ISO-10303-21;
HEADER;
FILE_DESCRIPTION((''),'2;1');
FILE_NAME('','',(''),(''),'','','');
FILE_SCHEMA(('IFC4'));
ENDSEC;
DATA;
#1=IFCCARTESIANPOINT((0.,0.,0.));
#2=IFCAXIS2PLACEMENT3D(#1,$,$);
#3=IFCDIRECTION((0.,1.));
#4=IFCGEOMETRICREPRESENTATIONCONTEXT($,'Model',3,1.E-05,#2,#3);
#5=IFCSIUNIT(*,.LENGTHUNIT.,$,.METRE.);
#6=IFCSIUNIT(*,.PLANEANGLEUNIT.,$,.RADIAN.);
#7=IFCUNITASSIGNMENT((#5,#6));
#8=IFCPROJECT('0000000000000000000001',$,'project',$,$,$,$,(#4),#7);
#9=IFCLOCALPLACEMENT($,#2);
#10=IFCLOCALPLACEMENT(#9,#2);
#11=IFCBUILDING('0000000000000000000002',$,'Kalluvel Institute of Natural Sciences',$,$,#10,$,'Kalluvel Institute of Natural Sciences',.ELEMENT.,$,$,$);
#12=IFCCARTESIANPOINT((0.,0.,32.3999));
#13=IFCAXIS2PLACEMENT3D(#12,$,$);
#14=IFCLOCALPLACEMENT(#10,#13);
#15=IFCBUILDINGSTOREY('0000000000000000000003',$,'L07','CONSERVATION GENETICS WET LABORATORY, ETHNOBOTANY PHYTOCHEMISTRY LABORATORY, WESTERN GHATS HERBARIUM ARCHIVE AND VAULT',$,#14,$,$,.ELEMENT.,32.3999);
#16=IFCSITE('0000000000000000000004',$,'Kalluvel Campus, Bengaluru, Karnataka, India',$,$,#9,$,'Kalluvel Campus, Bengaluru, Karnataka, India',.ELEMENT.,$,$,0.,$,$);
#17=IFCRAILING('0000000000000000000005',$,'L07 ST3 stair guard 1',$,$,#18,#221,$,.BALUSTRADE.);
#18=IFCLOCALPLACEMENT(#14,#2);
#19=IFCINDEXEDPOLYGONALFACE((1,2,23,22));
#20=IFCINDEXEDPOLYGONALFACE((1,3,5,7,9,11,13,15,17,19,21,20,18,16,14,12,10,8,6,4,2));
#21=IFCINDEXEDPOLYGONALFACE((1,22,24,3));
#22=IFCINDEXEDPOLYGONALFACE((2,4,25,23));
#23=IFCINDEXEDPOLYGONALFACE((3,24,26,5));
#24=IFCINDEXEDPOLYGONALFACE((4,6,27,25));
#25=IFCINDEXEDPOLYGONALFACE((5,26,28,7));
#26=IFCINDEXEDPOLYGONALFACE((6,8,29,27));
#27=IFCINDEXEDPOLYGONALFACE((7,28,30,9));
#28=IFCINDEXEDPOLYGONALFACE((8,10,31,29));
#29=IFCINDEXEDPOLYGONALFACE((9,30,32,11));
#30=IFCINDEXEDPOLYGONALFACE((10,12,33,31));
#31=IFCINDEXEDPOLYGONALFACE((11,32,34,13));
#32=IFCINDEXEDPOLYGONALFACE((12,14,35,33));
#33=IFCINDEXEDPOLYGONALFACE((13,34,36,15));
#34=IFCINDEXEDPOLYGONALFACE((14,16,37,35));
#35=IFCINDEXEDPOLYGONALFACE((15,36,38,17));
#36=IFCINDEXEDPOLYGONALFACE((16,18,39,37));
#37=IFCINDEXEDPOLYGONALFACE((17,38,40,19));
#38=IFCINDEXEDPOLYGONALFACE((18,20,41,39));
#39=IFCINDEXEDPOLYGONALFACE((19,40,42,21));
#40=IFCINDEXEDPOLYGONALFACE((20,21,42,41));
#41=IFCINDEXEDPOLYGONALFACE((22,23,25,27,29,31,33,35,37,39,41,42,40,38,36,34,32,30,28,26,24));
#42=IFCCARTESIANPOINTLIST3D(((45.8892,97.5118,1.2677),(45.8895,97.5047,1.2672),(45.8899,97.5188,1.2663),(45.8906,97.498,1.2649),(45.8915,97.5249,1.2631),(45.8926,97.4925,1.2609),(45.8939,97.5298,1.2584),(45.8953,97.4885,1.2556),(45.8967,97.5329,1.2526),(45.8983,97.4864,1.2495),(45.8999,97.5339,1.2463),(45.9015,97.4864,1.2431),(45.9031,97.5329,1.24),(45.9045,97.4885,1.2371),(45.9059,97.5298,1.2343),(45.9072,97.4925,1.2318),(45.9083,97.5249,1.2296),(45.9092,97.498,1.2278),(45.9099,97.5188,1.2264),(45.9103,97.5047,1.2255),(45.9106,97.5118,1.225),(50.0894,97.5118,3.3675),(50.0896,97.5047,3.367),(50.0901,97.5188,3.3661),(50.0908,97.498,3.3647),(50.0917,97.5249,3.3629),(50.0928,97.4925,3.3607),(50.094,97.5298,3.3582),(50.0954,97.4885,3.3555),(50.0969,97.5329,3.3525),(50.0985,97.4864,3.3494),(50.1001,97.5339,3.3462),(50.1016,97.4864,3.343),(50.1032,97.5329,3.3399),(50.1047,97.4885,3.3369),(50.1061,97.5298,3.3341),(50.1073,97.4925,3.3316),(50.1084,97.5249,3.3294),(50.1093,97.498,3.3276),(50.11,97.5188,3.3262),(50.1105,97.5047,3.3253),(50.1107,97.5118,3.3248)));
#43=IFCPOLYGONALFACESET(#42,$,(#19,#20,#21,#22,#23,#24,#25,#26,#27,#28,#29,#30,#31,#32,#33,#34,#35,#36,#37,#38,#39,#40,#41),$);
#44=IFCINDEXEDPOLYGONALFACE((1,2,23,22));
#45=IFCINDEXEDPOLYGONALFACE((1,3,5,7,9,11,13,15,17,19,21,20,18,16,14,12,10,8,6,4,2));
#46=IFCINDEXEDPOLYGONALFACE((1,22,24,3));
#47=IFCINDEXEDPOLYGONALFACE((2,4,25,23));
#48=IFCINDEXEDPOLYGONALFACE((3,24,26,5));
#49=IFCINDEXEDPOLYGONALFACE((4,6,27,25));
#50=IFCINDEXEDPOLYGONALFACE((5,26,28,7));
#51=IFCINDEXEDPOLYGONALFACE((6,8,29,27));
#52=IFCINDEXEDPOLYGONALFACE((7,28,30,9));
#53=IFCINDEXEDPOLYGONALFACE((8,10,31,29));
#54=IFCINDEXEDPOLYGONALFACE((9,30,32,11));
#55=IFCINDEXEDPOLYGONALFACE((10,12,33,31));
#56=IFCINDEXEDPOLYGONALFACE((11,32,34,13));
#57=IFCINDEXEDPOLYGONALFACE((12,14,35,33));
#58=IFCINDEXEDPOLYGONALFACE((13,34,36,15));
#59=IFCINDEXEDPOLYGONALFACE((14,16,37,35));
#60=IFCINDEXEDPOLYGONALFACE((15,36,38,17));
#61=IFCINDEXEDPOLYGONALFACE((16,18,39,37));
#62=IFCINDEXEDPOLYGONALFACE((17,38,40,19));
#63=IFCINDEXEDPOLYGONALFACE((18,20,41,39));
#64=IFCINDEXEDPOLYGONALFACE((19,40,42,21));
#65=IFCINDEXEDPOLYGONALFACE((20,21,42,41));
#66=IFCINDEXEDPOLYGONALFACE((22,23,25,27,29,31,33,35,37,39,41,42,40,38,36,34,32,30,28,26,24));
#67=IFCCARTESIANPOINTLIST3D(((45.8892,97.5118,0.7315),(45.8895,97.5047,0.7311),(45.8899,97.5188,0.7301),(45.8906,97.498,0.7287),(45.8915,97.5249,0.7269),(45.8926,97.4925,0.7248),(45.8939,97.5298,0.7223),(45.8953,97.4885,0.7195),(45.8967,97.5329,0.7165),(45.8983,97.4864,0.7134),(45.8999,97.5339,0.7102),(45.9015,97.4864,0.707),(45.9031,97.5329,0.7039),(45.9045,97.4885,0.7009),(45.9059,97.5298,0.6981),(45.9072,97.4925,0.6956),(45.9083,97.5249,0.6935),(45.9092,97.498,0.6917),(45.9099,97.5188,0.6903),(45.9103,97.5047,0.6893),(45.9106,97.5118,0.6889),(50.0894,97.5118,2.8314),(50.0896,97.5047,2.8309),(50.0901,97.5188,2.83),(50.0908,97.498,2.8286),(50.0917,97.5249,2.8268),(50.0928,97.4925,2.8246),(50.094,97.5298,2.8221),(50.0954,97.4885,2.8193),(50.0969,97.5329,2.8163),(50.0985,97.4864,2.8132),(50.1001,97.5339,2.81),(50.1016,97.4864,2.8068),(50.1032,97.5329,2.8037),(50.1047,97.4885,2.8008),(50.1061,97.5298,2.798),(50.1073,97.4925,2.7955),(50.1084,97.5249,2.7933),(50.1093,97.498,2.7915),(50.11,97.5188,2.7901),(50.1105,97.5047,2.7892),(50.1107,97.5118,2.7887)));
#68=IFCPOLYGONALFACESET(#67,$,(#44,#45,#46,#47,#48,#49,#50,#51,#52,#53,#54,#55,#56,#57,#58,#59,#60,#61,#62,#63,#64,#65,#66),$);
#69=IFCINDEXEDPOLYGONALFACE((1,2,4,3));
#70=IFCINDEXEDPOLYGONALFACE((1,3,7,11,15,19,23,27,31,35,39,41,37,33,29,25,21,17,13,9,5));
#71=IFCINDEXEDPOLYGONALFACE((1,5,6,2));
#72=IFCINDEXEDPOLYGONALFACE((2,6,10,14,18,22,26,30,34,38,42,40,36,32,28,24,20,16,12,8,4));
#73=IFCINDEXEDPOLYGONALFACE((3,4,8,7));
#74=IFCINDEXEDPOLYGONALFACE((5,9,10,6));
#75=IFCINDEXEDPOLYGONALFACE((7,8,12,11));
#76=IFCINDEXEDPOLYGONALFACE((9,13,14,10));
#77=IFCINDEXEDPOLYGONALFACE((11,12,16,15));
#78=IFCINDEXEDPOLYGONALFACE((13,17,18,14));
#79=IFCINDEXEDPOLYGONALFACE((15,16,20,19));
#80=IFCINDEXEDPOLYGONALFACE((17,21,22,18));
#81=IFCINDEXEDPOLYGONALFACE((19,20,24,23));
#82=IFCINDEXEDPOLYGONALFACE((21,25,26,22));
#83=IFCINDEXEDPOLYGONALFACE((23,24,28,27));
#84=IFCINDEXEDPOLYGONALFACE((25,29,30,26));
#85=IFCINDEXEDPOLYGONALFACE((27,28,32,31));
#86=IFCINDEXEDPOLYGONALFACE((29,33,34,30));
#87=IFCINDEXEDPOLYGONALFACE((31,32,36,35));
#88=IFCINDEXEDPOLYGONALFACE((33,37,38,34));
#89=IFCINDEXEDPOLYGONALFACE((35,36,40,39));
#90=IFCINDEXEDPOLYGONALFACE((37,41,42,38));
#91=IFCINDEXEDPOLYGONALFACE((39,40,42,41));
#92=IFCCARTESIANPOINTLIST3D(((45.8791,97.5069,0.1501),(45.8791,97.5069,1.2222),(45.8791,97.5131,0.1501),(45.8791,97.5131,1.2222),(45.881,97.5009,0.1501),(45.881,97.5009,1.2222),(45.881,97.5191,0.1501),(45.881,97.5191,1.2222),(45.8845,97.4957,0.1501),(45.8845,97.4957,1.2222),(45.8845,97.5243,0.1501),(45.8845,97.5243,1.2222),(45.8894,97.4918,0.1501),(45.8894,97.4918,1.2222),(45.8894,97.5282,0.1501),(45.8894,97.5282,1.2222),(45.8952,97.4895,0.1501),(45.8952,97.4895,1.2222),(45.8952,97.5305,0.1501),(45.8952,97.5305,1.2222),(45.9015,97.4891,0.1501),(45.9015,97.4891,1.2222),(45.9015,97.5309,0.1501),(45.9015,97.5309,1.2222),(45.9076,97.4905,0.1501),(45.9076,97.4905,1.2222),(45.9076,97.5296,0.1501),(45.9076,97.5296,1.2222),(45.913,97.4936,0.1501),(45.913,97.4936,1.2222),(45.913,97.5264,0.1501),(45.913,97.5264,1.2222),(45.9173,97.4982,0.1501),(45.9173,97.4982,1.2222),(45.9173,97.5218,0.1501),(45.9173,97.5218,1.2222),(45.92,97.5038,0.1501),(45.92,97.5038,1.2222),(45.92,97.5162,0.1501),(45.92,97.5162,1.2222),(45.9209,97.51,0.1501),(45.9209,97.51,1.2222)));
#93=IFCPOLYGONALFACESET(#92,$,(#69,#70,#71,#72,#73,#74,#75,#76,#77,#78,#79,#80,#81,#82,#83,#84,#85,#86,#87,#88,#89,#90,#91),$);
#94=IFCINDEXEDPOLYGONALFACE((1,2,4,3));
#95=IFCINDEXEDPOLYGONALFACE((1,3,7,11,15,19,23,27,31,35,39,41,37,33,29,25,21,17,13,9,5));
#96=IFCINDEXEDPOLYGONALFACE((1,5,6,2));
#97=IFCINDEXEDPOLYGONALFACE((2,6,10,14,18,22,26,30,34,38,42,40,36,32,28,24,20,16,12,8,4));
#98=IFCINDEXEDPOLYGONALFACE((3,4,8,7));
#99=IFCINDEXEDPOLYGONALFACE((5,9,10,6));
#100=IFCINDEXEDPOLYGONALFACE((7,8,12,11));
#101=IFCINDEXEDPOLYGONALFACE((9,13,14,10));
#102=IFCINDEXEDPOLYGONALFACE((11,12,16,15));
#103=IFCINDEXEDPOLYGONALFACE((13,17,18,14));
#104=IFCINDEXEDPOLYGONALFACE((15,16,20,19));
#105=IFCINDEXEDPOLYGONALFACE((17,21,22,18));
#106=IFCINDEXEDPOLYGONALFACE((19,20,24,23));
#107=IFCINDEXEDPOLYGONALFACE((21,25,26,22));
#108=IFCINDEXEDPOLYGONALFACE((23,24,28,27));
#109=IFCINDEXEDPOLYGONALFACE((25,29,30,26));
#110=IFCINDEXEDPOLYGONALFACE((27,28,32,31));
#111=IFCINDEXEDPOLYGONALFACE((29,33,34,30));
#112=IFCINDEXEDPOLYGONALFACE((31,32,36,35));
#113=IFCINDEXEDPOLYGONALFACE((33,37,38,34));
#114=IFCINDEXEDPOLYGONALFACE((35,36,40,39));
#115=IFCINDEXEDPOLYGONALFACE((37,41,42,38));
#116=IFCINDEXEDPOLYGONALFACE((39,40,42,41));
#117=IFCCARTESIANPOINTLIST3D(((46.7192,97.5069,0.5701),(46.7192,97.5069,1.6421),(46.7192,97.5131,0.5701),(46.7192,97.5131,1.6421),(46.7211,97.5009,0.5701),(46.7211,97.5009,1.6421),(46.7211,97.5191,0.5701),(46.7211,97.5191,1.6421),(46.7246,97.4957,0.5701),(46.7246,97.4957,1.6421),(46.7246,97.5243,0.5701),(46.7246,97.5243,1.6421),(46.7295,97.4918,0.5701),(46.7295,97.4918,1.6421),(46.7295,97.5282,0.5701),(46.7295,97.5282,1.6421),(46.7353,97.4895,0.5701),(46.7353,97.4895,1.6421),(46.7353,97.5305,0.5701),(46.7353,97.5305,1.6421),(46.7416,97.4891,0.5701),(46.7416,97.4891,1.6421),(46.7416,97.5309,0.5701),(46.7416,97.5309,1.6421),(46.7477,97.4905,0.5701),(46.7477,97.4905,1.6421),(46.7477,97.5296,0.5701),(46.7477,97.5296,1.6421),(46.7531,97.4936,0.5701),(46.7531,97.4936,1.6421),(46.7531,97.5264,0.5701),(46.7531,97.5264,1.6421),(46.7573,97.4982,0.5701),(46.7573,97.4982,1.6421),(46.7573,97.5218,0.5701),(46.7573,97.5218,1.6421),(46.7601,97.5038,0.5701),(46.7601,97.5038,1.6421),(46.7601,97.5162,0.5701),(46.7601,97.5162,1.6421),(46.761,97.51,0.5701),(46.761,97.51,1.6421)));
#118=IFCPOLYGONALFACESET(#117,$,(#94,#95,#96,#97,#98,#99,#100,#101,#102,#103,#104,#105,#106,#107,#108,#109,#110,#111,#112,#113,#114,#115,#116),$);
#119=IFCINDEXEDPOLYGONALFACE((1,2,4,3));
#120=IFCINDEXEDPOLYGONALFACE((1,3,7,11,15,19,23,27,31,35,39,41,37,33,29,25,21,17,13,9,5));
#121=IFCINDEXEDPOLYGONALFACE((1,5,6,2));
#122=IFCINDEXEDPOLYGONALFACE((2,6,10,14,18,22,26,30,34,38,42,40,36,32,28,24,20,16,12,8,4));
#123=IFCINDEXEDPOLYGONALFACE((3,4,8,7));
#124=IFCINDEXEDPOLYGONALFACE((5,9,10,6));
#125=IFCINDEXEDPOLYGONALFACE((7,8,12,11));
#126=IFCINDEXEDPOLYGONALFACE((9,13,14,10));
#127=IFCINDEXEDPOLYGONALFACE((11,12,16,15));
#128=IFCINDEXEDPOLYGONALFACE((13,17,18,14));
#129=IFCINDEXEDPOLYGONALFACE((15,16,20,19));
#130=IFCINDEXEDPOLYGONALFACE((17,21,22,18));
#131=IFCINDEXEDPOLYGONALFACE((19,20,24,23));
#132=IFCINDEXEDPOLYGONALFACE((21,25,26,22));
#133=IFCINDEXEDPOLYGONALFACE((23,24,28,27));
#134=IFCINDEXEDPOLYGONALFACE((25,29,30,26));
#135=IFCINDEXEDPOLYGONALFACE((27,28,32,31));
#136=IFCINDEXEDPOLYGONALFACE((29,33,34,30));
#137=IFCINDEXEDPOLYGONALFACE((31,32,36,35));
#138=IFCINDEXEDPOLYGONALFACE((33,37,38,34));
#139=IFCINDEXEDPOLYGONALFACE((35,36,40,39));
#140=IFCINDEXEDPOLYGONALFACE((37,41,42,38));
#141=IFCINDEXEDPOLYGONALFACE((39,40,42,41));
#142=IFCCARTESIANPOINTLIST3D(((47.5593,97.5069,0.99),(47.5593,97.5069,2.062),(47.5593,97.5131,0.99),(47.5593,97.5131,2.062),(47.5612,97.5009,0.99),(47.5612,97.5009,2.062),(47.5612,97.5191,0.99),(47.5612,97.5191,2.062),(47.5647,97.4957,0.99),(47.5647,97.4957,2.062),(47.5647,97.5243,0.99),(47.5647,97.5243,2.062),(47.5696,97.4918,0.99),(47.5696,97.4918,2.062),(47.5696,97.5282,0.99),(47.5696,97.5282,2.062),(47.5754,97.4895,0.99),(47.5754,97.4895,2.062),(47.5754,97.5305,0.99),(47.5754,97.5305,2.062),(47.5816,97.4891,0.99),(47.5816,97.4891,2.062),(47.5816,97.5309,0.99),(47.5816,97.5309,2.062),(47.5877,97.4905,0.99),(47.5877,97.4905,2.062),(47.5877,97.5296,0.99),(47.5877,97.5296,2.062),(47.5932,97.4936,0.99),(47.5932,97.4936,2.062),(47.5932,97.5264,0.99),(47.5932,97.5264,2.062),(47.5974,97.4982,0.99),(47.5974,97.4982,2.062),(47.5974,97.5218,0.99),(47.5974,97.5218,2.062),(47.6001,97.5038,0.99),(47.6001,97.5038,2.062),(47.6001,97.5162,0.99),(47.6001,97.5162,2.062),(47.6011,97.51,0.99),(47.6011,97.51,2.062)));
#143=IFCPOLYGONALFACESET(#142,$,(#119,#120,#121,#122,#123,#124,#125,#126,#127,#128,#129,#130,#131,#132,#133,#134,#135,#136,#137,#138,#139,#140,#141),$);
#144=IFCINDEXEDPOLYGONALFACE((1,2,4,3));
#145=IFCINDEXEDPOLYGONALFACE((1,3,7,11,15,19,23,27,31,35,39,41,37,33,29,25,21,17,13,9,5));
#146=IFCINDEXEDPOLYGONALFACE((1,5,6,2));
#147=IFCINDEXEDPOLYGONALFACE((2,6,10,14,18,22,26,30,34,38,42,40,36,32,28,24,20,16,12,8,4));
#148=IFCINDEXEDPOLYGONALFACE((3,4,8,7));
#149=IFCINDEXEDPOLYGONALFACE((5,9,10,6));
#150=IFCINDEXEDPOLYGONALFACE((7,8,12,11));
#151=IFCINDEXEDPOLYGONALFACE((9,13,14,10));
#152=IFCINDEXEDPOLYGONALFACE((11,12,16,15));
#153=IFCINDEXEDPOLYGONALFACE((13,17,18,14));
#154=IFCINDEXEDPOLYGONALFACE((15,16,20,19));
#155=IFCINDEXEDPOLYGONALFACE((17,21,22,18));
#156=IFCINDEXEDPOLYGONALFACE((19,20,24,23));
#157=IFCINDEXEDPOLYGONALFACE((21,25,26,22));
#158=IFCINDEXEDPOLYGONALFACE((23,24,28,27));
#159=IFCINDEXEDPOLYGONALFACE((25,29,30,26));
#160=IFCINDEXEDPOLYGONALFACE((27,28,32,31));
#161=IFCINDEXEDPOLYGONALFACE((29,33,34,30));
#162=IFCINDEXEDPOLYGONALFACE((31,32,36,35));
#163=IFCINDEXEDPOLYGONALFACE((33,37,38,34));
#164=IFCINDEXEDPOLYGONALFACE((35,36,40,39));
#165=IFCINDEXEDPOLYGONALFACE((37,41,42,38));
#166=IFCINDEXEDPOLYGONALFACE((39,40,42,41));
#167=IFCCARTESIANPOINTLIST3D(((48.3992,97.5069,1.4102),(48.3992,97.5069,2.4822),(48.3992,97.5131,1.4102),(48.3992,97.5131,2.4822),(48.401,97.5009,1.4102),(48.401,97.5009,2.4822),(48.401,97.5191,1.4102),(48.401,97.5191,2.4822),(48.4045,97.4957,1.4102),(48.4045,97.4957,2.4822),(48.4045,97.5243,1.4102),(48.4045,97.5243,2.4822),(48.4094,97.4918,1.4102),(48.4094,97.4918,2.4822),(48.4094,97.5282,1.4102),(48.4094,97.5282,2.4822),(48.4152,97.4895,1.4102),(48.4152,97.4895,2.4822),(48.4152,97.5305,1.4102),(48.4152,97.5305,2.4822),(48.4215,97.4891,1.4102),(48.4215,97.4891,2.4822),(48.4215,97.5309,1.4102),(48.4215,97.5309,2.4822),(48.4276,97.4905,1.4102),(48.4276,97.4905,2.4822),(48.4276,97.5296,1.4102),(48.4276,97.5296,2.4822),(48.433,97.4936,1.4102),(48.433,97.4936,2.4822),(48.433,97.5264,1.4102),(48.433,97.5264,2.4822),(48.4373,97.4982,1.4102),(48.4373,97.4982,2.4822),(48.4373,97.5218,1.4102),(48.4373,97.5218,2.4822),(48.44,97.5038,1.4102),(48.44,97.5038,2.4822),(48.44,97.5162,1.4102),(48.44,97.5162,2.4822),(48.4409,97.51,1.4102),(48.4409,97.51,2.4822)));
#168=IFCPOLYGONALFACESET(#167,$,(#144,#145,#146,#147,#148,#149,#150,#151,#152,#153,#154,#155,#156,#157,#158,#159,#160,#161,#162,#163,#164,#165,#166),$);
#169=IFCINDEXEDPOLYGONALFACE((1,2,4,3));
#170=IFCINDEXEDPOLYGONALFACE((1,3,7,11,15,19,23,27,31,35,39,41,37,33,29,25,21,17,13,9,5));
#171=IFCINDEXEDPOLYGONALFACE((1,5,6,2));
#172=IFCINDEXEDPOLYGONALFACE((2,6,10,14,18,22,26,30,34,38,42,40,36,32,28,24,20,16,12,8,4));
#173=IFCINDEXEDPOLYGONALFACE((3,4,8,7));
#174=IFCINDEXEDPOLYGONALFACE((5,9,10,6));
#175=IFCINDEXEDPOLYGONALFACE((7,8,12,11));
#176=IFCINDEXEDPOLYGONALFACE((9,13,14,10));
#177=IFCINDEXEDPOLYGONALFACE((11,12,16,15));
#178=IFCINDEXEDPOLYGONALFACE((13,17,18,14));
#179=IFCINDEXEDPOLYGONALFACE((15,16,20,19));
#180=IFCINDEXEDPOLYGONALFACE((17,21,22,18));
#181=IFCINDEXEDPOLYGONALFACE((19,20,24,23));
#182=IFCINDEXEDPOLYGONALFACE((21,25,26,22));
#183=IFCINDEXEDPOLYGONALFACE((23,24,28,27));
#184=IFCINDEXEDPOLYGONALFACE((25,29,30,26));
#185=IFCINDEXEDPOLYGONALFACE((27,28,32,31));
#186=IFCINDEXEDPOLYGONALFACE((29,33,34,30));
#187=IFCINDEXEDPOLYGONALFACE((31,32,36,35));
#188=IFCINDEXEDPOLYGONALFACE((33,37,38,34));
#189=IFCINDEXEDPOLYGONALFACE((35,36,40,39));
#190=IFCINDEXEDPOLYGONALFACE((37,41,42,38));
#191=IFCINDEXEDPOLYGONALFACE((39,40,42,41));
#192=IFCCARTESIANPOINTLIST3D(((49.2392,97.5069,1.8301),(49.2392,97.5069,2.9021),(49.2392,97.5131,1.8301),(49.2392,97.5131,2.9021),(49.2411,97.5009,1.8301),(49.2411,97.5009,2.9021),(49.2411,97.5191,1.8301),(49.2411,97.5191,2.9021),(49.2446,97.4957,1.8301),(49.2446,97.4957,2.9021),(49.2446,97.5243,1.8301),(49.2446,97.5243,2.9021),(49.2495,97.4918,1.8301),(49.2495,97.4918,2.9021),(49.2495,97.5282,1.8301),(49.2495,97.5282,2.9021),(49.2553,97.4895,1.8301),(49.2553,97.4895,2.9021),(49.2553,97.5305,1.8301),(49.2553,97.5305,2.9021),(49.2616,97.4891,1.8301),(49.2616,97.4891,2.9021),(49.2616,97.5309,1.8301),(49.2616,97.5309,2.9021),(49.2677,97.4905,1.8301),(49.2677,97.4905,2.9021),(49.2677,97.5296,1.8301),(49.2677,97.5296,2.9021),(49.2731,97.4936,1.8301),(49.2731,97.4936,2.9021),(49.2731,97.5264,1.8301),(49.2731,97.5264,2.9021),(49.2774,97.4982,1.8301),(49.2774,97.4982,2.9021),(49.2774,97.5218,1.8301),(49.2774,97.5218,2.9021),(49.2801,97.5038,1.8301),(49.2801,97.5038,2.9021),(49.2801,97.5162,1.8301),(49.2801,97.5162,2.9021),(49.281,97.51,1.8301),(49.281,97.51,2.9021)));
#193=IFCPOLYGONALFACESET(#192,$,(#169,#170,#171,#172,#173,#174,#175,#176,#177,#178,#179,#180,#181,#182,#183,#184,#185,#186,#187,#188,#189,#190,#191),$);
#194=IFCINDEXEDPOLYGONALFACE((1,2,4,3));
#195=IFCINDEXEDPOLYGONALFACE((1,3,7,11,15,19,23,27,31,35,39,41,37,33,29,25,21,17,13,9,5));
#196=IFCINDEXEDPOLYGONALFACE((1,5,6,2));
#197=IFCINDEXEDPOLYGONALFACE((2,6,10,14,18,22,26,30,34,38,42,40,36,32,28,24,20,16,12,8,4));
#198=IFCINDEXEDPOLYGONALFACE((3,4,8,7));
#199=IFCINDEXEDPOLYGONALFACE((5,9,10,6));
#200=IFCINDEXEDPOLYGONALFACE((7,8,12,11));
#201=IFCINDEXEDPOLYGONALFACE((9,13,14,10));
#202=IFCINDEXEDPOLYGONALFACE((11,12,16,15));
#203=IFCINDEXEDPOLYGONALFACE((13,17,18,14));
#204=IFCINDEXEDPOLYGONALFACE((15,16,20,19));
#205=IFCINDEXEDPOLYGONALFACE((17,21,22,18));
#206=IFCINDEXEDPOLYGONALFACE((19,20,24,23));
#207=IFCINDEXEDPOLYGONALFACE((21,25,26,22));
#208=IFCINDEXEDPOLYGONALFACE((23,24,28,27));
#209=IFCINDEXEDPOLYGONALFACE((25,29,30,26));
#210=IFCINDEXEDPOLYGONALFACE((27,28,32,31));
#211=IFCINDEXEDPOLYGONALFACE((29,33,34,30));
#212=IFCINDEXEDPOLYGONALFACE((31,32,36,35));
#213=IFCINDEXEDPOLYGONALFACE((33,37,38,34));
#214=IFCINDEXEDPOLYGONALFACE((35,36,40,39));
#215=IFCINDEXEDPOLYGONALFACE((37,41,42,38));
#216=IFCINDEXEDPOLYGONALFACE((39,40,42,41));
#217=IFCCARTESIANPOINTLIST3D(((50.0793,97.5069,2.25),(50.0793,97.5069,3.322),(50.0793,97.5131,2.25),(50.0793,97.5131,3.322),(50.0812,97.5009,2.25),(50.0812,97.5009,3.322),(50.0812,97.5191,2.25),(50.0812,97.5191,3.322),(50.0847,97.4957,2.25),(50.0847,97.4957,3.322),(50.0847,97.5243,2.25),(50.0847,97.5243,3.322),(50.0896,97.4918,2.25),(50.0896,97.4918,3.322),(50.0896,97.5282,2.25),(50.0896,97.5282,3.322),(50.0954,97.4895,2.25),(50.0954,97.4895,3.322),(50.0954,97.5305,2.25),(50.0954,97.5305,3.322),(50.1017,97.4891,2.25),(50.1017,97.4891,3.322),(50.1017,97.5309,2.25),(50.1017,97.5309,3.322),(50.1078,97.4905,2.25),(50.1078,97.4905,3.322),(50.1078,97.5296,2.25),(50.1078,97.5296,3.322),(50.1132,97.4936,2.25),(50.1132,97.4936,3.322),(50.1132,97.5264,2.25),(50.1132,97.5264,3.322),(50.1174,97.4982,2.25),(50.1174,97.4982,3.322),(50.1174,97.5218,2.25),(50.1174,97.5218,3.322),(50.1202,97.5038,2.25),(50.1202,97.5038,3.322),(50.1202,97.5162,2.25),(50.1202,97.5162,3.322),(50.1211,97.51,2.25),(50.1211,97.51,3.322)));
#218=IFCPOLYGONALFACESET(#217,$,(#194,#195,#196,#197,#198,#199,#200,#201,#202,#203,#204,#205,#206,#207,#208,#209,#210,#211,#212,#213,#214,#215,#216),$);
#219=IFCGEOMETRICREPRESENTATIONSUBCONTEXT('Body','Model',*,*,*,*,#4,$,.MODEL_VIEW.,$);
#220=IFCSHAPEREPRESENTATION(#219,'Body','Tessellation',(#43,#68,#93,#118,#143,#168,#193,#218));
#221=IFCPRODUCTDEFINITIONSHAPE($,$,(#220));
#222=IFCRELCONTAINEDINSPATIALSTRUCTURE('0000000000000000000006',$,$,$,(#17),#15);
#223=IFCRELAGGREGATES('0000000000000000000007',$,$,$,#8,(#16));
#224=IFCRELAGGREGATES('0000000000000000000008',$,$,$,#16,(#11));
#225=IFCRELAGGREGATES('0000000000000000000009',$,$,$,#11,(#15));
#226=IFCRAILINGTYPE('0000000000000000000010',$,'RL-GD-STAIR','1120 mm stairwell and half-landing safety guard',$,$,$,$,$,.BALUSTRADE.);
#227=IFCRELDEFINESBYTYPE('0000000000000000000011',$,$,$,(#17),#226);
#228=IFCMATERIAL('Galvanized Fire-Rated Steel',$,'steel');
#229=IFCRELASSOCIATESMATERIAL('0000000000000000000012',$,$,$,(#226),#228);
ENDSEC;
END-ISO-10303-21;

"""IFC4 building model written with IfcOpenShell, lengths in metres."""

from ifc_helpers import new_model, si_unit, direction, frame, origin, origin_2d, place, context, subcontext, project, spatial, circle, extrude, material, type_object, element, save


model = new_model("IFC4")

# Units and contexts
model_context = context("Model", 3, precision=1e-05, world=origin(), true_north=direction((0.0, 1.0)))
body_context = subcontext(model_context, "Body", "Model", "MODEL_VIEW")
ifc_project = project(units=[si_unit("LENGTHUNIT", "METRE"), si_unit("PLANEANGLEUNIT", "RADIAN")], contexts=[model_context])

# Site, building, storey
site_placement = place(None, origin())
site = spatial("IfcSite", under=ifc_project, at=site_placement, Name="Kalluvel Campus, Bengaluru, Karnataka, India", LongName="Kalluvel Campus, Bengaluru, Karnataka, India", CompositionType="ELEMENT", RefElevation=0.0)
building_placement = place(site_placement, origin())
building = spatial("IfcBuilding", under=site, at=building_placement, Name="Kalluvel Institute of Natural Sciences", LongName="Kalluvel Institute of Natural Sciences", CompositionType="ELEMENT")
storey_placement = place(building_placement, frame((0.0, 0.0, 32.3999)))
storey = spatial("IfcBuildingStorey", under=building, at=storey_placement, Name="L07", Description="CONSERVATION GENETICS WET LABORATORY, ETHNOBOTANY PHYTOCHEMISTRY LABORATORY, WESTERN GHATS HERBARIUM ARCHIVE AND VAULT", CompositionType="ELEMENT", Elevation=32.3999)

# Shared definitions
ifc_material_1 = material(Name="Galvanized Fire-Rated Steel", Category="steel")

# Railing
railing_type_1 = type_object("IfcRailingType", Name="RL-GD-STAIR", Description="1120 mm stairwell and half-landing safety guard", PredefinedType="BALUSTRADE", material=ifc_material_1)
railing_1_placement = place(storey_placement, frame((45.8999, 97.51, 0.1501)))
element("IfcRailing", 1, at=railing_1_placement, inside=storey, type_object=railing_type_1, Name="L07 ST3 stair guard 1", PredefinedType="BALUSTRADE", context=body_context, shape_type="SweptSolid", body=[
    extrude(circle(Radius=0.0239, at=origin_2d()), frame((0.0, 0.0, 1.0962), z_axis=(0.894448, 0.0, 0.447172), x_axis=(0.0, 1.0, 0.0)), (0.0, 0.0, 1.0), 4.6958),
    extrude(circle(Radius=0.0239, at=origin_2d()), frame((0.0, 0.0, 0.5601), z_axis=(0.894448, 0.0, 0.447172), x_axis=(0.0, 1.0, 0.0)), (0.0, 0.0, 1.0), 4.6958),
    extrude(circle(Radius=0.021, at=origin_2d()), origin(), (0.0, 0.0, 1.0), 1.072),
    extrude(circle(Radius=0.021, at=origin_2d()), frame((0.8401, 0.0, 0.4199)), (0.0, 0.0, 1.0), 1.072),
    extrude(circle(Radius=0.021, at=origin_2d()), frame((1.6802, 0.0, 0.8398)), (0.0, 0.0, 1.0), 1.072),
    extrude(circle(Radius=0.021, at=origin_2d()), frame((2.52, 0.0, 1.26)), (0.0, 0.0, 1.0), 1.072),
    extrude(circle(Radius=0.021, at=origin_2d()), frame((3.3601, 0.0, 1.6799)), (0.0, 0.0, 1.0), 1.072),
    extrude(circle(Radius=0.021, at=origin_2d()), frame((4.2002, 0.0, 2.0999)), (0.0, 0.0, 1.0), 1.072),
])

save(model, "model.ifc")
